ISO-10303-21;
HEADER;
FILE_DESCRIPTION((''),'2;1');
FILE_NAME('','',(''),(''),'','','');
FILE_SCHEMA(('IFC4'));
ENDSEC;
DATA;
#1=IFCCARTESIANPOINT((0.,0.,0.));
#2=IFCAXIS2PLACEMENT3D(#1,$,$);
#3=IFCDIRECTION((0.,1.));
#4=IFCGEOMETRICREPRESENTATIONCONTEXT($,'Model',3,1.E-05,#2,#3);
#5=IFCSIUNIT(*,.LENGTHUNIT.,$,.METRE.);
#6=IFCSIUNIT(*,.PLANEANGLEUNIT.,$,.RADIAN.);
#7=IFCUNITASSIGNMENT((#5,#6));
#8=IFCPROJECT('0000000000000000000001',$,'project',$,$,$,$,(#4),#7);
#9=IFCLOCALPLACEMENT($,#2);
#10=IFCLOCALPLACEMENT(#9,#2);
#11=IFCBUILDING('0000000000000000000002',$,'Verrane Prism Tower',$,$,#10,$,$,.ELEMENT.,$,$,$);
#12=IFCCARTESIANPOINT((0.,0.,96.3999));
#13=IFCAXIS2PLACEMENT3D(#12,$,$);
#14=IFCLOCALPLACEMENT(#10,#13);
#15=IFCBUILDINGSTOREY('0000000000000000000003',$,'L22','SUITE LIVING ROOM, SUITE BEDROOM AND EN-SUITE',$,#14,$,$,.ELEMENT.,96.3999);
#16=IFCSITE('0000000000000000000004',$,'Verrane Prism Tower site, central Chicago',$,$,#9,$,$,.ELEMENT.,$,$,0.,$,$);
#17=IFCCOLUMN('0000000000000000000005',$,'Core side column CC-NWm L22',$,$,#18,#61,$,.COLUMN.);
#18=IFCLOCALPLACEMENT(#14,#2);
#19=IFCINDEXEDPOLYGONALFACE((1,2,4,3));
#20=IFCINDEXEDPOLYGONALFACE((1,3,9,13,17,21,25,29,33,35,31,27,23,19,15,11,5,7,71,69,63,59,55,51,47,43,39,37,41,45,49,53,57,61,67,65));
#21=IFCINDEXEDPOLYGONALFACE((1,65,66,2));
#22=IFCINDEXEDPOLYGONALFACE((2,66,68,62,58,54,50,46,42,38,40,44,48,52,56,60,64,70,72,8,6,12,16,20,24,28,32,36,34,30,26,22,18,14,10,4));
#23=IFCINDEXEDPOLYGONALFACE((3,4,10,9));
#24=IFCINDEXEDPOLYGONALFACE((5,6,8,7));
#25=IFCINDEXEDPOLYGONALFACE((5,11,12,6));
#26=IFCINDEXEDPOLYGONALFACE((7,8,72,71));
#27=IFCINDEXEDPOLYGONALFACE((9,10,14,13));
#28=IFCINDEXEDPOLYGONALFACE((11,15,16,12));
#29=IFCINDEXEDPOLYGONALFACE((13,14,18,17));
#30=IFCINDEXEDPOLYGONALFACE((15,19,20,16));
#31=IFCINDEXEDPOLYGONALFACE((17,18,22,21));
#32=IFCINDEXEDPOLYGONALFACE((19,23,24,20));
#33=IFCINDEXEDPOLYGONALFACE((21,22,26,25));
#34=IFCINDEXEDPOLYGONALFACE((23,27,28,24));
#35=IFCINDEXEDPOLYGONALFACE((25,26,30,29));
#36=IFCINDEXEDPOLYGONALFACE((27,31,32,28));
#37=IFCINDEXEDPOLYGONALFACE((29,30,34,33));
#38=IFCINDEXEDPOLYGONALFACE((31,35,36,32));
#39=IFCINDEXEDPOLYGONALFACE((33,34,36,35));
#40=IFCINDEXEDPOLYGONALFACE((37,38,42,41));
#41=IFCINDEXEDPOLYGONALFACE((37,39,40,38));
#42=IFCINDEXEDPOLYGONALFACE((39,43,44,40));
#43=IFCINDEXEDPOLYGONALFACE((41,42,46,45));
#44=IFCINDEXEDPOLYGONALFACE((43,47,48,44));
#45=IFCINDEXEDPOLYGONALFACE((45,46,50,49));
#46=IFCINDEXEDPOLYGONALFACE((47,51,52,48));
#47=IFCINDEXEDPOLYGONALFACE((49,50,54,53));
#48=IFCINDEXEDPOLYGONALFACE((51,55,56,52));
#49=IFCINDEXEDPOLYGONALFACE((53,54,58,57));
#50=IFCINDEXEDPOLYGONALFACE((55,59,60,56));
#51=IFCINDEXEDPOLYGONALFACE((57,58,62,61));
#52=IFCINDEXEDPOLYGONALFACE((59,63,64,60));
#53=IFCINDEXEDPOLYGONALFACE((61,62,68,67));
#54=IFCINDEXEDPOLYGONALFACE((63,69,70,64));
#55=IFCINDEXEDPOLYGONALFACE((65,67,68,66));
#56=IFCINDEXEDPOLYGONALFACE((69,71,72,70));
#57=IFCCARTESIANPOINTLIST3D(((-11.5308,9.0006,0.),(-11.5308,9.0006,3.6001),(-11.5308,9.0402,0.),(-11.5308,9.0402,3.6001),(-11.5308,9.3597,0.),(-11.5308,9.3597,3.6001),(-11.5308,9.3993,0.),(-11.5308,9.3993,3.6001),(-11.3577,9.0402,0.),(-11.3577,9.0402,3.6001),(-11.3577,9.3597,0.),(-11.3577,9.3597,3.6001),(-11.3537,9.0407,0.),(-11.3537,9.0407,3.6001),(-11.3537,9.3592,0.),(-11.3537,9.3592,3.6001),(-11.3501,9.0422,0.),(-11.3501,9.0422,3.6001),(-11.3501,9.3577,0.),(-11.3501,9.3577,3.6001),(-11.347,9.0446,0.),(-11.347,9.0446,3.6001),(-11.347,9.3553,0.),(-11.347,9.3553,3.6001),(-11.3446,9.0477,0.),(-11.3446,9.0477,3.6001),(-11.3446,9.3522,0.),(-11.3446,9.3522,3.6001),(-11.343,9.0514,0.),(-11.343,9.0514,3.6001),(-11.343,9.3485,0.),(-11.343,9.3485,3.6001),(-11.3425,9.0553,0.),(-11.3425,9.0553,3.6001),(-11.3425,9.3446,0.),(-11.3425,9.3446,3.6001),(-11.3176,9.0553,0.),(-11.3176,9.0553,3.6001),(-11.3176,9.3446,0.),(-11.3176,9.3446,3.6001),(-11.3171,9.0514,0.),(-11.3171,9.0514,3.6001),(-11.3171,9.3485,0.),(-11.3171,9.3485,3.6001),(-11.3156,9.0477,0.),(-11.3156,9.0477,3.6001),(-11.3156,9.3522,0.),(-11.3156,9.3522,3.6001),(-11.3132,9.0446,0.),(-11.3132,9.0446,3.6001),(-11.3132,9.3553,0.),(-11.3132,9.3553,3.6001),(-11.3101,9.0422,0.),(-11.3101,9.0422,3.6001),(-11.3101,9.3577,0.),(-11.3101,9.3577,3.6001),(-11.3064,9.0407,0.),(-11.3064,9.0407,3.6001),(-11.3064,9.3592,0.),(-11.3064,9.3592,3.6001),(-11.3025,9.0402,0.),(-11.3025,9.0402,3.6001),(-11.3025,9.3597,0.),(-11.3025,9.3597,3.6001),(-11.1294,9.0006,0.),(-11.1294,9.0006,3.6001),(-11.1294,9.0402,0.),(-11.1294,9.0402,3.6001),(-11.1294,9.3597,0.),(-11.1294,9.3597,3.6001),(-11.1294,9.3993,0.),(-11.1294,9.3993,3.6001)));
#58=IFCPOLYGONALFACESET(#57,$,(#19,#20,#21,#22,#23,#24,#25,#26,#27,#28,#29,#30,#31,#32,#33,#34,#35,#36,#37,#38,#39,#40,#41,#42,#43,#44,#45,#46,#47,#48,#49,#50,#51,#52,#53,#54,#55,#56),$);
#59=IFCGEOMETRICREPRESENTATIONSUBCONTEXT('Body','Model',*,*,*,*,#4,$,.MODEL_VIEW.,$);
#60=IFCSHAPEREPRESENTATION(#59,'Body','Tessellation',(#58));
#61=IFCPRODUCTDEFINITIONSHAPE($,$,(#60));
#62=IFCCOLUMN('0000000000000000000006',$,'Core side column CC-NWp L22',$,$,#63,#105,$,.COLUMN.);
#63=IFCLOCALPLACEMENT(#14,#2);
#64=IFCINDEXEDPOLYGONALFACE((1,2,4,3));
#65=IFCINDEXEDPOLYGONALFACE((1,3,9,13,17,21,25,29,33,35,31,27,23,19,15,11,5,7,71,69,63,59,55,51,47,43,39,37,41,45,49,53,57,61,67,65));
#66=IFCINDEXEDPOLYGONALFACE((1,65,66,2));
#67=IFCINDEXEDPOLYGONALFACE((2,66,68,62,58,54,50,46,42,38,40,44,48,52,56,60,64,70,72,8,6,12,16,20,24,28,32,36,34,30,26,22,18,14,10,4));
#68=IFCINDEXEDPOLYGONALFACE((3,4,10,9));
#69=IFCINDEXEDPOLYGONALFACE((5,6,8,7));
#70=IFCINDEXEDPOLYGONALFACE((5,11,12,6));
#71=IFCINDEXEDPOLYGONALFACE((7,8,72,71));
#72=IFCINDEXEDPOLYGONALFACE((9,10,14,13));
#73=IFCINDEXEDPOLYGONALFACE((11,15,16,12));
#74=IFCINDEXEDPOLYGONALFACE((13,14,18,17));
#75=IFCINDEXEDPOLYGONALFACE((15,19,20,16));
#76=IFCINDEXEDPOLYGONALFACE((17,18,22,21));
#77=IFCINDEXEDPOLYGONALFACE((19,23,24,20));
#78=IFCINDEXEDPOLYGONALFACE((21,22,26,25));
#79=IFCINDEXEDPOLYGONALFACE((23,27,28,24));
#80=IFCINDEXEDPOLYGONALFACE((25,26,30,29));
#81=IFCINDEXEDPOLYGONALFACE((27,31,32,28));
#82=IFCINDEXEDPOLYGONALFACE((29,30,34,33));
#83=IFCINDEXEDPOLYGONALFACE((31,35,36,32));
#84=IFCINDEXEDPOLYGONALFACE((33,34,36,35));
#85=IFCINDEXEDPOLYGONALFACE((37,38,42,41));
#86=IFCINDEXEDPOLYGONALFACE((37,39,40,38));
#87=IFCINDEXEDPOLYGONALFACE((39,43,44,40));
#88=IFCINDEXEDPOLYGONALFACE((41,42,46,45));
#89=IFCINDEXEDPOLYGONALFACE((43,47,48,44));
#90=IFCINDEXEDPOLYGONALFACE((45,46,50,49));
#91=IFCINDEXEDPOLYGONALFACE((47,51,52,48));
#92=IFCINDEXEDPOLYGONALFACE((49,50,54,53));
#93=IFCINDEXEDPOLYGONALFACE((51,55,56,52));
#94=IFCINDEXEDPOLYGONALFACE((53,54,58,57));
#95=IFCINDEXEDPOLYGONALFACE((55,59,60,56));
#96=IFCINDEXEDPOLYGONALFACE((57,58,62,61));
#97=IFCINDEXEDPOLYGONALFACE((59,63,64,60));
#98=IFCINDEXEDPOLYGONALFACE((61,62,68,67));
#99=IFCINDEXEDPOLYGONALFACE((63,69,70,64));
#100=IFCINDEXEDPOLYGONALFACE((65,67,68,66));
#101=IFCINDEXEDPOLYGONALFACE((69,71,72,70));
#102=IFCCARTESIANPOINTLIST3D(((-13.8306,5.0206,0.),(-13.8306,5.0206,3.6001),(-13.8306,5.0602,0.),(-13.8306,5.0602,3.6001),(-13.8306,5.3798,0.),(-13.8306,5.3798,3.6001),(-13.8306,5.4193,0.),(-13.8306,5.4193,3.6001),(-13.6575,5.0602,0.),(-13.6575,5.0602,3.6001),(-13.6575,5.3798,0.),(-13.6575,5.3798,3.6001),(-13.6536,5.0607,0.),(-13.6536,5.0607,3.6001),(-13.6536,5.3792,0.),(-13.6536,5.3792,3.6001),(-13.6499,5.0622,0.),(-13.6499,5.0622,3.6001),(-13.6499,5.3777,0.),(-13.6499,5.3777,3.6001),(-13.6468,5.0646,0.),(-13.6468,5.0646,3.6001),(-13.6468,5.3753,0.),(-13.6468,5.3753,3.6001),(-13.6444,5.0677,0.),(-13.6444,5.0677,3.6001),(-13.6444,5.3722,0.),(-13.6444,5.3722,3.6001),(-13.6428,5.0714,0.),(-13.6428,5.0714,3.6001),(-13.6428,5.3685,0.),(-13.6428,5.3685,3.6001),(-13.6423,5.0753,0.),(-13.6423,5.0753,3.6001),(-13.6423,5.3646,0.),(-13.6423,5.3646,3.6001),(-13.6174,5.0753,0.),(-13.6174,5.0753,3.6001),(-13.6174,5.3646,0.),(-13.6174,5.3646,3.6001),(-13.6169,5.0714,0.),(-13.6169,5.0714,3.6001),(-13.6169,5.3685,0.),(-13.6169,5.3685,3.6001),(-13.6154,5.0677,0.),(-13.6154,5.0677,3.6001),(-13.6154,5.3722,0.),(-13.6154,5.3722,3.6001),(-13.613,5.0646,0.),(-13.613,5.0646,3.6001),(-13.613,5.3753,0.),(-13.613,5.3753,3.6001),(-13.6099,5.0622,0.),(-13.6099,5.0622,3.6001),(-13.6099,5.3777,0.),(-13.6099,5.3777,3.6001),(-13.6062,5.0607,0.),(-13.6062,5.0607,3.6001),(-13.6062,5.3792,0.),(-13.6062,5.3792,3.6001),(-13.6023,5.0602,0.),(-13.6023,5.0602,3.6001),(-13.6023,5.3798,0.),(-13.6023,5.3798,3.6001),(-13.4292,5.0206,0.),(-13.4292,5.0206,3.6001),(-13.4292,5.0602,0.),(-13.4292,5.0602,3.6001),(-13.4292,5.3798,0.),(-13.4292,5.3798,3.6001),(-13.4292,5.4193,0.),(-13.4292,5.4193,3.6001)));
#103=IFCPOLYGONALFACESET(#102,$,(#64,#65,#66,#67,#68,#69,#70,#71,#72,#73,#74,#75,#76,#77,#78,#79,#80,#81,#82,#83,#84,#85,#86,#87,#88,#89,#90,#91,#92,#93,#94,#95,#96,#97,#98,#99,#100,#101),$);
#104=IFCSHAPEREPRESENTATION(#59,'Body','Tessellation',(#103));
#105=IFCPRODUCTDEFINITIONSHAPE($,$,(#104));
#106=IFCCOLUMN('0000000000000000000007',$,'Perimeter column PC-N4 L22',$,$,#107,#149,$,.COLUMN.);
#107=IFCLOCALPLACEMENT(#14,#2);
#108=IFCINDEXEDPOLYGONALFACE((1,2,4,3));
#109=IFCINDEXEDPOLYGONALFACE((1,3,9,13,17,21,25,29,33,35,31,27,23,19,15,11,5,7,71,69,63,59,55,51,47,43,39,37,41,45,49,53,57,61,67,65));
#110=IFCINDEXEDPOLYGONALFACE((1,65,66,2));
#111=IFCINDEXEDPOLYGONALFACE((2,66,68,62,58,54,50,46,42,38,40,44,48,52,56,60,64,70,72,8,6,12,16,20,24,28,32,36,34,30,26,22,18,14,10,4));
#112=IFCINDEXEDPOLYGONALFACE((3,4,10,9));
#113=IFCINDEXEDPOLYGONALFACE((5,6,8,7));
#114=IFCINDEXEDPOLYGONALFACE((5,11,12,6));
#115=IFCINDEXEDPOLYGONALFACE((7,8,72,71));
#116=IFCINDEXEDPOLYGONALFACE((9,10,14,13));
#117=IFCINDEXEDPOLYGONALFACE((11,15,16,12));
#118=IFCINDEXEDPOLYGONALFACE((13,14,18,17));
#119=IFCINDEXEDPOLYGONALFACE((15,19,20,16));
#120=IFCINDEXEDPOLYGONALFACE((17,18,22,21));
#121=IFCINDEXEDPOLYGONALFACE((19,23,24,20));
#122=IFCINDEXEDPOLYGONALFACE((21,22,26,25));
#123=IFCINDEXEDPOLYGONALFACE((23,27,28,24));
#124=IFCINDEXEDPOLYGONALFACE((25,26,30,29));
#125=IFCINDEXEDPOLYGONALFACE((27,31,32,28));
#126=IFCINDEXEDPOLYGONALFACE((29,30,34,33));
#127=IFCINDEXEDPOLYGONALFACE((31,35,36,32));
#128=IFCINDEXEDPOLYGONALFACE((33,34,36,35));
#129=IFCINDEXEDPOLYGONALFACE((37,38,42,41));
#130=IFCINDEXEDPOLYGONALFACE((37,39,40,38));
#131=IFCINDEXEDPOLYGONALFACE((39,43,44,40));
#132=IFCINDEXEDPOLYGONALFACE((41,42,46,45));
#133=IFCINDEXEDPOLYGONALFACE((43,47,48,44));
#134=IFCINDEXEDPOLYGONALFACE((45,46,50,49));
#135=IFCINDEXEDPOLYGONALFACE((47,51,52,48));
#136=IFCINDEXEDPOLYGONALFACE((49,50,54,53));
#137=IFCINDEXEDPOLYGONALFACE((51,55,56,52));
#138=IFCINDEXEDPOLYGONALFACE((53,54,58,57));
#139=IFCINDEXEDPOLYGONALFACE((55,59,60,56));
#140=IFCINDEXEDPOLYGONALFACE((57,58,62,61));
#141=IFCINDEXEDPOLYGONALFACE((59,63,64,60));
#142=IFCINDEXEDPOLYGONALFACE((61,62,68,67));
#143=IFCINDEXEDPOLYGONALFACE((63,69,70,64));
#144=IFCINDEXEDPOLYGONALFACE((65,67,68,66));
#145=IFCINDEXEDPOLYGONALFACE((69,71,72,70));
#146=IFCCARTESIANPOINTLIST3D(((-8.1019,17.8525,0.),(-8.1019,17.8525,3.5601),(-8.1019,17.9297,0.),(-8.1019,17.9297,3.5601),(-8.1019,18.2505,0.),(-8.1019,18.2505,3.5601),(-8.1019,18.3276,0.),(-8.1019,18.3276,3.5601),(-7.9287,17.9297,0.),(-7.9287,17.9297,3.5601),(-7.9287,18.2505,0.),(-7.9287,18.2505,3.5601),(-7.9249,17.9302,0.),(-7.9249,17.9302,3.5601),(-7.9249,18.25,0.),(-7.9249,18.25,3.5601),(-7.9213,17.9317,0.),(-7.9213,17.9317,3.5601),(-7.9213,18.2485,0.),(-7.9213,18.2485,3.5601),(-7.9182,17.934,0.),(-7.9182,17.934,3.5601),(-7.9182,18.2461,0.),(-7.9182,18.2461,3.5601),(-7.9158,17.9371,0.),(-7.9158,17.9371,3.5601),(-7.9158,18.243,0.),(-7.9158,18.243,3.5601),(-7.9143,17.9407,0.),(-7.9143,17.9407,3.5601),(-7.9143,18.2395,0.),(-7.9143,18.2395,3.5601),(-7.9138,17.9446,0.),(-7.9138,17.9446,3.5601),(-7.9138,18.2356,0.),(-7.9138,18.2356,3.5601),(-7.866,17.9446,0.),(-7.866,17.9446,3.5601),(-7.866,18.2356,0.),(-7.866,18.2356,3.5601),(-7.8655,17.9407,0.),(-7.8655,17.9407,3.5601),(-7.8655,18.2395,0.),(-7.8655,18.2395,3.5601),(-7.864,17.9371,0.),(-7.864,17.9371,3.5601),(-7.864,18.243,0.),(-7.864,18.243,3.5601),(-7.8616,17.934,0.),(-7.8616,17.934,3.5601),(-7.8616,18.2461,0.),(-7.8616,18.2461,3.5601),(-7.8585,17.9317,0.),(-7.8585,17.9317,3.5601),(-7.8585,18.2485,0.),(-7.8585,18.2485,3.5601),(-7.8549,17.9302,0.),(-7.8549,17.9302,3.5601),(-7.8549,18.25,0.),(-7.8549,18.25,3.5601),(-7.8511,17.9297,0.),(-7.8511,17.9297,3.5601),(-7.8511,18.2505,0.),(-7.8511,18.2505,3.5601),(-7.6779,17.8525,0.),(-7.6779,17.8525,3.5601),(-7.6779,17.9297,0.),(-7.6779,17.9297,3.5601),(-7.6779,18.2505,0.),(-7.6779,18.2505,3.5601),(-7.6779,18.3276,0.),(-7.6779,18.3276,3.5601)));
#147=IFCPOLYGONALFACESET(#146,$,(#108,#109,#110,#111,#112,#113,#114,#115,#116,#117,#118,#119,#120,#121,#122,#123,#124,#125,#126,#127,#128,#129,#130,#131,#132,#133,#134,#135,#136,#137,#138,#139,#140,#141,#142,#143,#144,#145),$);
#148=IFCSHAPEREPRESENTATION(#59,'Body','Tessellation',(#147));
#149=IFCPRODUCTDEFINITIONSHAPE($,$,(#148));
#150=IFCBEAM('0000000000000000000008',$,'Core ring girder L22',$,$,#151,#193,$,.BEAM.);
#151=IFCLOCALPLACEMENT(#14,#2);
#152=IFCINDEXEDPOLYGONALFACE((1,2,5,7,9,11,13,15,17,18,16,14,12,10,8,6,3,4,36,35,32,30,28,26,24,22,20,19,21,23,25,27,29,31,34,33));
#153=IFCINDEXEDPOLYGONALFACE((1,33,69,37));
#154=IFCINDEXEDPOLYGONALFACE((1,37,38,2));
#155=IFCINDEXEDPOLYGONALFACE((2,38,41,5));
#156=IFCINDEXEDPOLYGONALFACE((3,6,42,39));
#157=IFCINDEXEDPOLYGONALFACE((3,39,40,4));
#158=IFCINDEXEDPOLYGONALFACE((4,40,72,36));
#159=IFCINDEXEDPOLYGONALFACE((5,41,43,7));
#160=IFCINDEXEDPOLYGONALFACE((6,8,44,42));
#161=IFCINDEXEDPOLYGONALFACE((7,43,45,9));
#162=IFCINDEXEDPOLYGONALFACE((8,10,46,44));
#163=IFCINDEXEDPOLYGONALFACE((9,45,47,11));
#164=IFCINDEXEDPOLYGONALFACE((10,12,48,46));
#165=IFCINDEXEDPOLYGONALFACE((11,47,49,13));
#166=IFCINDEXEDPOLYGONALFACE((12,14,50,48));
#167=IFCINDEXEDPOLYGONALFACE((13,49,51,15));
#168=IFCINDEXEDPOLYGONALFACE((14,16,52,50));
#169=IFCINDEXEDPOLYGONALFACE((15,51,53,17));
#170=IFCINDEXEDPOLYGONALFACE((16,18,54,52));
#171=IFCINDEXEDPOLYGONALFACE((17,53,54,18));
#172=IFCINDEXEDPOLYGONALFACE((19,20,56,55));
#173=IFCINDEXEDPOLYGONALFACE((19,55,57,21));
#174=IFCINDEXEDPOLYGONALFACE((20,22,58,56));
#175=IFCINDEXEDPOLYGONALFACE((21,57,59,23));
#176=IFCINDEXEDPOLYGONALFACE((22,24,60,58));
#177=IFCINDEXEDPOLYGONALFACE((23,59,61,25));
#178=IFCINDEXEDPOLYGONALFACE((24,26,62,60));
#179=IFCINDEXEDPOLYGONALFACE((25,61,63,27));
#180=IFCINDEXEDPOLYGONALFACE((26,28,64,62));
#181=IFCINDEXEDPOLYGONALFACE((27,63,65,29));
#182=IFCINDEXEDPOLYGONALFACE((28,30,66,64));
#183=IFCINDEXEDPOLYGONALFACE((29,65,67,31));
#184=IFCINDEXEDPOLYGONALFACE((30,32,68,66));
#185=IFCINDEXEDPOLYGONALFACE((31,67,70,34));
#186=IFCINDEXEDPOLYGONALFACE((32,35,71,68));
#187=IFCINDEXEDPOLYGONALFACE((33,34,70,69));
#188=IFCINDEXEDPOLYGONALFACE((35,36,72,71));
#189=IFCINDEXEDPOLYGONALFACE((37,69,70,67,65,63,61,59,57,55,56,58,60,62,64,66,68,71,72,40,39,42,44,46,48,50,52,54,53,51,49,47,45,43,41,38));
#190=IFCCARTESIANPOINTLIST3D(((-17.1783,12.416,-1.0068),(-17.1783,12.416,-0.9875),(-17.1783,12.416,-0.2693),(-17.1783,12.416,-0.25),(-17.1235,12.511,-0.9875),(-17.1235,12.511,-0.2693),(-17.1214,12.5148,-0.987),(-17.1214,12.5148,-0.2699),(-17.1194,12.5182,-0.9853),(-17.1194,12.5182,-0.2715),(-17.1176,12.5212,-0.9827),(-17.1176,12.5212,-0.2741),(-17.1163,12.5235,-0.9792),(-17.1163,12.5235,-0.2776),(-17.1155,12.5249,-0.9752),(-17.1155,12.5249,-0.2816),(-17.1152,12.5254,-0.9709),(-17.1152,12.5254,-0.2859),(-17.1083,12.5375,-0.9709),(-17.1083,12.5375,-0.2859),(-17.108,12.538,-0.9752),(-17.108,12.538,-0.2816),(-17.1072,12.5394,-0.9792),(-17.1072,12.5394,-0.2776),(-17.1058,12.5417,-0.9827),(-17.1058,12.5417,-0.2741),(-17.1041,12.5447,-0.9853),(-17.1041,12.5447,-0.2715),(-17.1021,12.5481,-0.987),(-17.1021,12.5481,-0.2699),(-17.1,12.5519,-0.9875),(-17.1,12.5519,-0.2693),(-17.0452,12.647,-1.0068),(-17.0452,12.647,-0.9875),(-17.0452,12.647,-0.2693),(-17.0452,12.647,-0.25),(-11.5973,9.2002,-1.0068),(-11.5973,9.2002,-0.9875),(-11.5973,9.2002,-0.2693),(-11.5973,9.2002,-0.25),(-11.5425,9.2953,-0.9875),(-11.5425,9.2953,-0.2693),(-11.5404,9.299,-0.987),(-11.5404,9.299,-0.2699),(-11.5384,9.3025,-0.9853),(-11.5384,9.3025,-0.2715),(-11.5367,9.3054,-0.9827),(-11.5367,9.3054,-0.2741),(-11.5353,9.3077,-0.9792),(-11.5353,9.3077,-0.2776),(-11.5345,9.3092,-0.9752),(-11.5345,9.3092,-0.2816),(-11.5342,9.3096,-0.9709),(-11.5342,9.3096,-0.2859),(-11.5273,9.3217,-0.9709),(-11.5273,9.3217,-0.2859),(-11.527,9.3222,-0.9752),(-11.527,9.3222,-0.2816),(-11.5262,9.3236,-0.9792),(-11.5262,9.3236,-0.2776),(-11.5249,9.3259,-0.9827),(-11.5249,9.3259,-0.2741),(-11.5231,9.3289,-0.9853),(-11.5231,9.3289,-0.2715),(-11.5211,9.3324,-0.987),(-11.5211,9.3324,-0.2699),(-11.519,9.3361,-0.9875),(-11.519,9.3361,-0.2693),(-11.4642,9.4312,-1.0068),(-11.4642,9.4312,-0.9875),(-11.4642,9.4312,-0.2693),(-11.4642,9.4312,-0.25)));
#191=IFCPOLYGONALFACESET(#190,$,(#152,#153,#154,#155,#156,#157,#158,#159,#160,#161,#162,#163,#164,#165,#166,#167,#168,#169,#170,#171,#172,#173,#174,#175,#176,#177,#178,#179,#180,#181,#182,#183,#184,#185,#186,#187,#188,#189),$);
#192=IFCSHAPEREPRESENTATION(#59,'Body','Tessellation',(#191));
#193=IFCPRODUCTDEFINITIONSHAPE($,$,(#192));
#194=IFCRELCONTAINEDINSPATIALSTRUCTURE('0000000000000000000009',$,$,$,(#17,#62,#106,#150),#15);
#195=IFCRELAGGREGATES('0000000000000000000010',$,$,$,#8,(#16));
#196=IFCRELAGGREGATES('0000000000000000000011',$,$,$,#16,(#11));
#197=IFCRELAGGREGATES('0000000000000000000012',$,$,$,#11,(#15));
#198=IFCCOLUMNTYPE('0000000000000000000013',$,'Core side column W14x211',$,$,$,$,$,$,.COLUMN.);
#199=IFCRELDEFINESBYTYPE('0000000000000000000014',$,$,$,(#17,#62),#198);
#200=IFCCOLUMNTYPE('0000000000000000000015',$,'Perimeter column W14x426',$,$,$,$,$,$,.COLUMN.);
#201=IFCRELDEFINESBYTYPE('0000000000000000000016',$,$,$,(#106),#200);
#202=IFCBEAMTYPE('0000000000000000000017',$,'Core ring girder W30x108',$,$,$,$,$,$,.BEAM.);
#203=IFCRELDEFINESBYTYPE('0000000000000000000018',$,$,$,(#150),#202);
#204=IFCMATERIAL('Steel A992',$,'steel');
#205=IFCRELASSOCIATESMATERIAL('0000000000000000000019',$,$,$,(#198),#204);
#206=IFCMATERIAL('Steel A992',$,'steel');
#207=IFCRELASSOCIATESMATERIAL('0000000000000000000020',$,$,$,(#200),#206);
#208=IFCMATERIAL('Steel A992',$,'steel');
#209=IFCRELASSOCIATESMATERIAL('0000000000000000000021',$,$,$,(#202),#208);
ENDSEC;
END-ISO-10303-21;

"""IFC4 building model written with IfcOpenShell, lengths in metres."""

from ifc_helpers import new_model, si_unit, direction, frame, origin, origin_2d, place, context, subcontext, project, spatial, i_section, extrude, material, material_profile, profile_set, type_object, element, save


model = new_model("IFC4")

# Units and contexts
model_context = context("Model", 3, precision=1e-05, world=origin(), true_north=direction((0.0, 1.0)))
body_context = subcontext(model_context, "Body", "Model", "MODEL_VIEW")
ifc_project = project(units=[si_unit("LENGTHUNIT", "METRE"), si_unit("PLANEANGLEUNIT", "RADIAN")], contexts=[model_context])

# Site, building, storey
site_placement = place(None, origin())
site = spatial("IfcSite", under=ifc_project, at=site_placement, Name="Verrane Prism Tower site, central Chicago", CompositionType="ELEMENT", RefElevation=0.0)
building_placement = place(site_placement, origin())
building = spatial("IfcBuilding", under=site, at=building_placement, Name="Verrane Prism Tower", CompositionType="ELEMENT")
storey_placement = place(building_placement, frame((0.0, 0.0, 96.3999)))
storey = spatial("IfcBuildingStorey", under=building, at=storey_placement, Name="L22", Description="SUITE LIVING ROOM, SUITE BEDROOM AND EN-SUITE", CompositionType="ELEMENT", Elevation=96.3999)

# Columns
ifc_material_1 = material(Name="Steel A992", Category="steel")
ifc_material_profile_1 = material_profile(ifc_material_1, i_section(OverallWidth=0.4014, OverallDepth=0.3987, WebThickness=0.0249, FlangeThickness=0.0396, FilletRadius=0.0151, at=origin_2d()), Name="W14x211")
ifc_profile_set_1 = profile_set([ifc_material_profile_1], Name="Steel A992")
column_type_1 = type_object("IfcColumnType", Name="Core side column W14x211", PredefinedType="COLUMN", material=ifc_profile_set_1)
for number, where, z_axis, x_axis, name in (
    (1, (-11.3301, 9.2, 0.0), (0.0, 0.0, 1.0), (1.0, 0.0, 0.0), "Core side column CC-NWm L22"),
    (2, (-13.6299, 5.22, 0.0), (0.0, 0.0, 1.0), (1.0, 0.0, 0.0), "Core side column CC-NWp L22"),
):
    element("IfcColumn", number, at=place(storey_placement, frame(where, z_axis=z_axis, x_axis=x_axis)), inside=storey, type_object=column_type_1, Name=name, PredefinedType="COLUMN", context=body_context, shape_type="SweptSolid", body=[
        extrude(i_section(OverallWidth=0.4014, OverallDepth=0.3987, WebThickness=0.0249, FlangeThickness=0.0396, FilletRadius=0.0151, at=origin_2d()), origin(), (0.0, 0.0, 1.0), 3.6001),
    ])
ifc_material_2 = material(Name="Steel A992", Category="steel")
ifc_material_profile_2 = material_profile(ifc_material_2, i_section(OverallWidth=0.4241, OverallDepth=0.4751, WebThickness=0.0479, FlangeThickness=0.0771, FilletRadius=0.0149, at=origin_2d()), Name="W14x426")
ifc_profile_set_2 = profile_set([ifc_material_profile_2], Name="Steel A992")
column_type_2 = type_object("IfcColumnType", Name="Perimeter column W14x426", PredefinedType="COLUMN", material=ifc_profile_set_2)
column_placement = place(storey_placement, frame((-7.8899, 18.0901, 0.0), z_axis=(0.0, 0.0, 1.0), x_axis=(1.0, 0.0, 0.0)))
element("IfcColumn", 3, at=column_placement, inside=storey, type_object=column_type_2, Name="Perimeter column PC-N4 L22", PredefinedType="COLUMN", context=body_context, shape_type="SweptSolid", body=[
    extrude(i_section(OverallWidth=0.4241, OverallDepth=0.4751, WebThickness=0.0479, FlangeThickness=0.0771, FilletRadius=0.0149, at=origin_2d()), origin(), (0.0, 0.0, 1.0), 3.5601),
])

# Beam
ifc_material_3 = material(Name="Steel A992", Category="steel")
ifc_material_profile_3 = material_profile(ifc_material_3, i_section(OverallWidth=0.2666, OverallDepth=0.7568, WebThickness=0.0139, FlangeThickness=0.0193, FilletRadius=0.0166, at=origin_2d()), Name="W30x108")
ifc_profile_set_3 = profile_set([ifc_material_profile_3], Name="Steel A992")
beam_type_1 = type_object("IfcBeamType", Name="Core ring girder W30x108", PredefinedType="BEAM", material=ifc_profile_set_3)
beam_1_placement = place(storey_placement, frame((-11.5308, 9.3157, -0.6284), z_axis=(-0.866456, 0.499254, 0.0), x_axis=(-0.499254, -0.866456, 0.0)))
element("IfcBeam", 4, at=beam_1_placement, inside=storey, type_object=beam_type_1, Name="Core ring girder L22", PredefinedType="BEAM", context=body_context, shape_type="SweptSolid", body=[
    extrude(i_section(OverallWidth=0.2666, OverallDepth=0.7568, WebThickness=0.0139, FlangeThickness=0.0193, FilletRadius=0.0166, at=origin_2d()), origin(), (0.0, 0.0, 1.0), 6.4412),
])

save(model, "model.ifc")
